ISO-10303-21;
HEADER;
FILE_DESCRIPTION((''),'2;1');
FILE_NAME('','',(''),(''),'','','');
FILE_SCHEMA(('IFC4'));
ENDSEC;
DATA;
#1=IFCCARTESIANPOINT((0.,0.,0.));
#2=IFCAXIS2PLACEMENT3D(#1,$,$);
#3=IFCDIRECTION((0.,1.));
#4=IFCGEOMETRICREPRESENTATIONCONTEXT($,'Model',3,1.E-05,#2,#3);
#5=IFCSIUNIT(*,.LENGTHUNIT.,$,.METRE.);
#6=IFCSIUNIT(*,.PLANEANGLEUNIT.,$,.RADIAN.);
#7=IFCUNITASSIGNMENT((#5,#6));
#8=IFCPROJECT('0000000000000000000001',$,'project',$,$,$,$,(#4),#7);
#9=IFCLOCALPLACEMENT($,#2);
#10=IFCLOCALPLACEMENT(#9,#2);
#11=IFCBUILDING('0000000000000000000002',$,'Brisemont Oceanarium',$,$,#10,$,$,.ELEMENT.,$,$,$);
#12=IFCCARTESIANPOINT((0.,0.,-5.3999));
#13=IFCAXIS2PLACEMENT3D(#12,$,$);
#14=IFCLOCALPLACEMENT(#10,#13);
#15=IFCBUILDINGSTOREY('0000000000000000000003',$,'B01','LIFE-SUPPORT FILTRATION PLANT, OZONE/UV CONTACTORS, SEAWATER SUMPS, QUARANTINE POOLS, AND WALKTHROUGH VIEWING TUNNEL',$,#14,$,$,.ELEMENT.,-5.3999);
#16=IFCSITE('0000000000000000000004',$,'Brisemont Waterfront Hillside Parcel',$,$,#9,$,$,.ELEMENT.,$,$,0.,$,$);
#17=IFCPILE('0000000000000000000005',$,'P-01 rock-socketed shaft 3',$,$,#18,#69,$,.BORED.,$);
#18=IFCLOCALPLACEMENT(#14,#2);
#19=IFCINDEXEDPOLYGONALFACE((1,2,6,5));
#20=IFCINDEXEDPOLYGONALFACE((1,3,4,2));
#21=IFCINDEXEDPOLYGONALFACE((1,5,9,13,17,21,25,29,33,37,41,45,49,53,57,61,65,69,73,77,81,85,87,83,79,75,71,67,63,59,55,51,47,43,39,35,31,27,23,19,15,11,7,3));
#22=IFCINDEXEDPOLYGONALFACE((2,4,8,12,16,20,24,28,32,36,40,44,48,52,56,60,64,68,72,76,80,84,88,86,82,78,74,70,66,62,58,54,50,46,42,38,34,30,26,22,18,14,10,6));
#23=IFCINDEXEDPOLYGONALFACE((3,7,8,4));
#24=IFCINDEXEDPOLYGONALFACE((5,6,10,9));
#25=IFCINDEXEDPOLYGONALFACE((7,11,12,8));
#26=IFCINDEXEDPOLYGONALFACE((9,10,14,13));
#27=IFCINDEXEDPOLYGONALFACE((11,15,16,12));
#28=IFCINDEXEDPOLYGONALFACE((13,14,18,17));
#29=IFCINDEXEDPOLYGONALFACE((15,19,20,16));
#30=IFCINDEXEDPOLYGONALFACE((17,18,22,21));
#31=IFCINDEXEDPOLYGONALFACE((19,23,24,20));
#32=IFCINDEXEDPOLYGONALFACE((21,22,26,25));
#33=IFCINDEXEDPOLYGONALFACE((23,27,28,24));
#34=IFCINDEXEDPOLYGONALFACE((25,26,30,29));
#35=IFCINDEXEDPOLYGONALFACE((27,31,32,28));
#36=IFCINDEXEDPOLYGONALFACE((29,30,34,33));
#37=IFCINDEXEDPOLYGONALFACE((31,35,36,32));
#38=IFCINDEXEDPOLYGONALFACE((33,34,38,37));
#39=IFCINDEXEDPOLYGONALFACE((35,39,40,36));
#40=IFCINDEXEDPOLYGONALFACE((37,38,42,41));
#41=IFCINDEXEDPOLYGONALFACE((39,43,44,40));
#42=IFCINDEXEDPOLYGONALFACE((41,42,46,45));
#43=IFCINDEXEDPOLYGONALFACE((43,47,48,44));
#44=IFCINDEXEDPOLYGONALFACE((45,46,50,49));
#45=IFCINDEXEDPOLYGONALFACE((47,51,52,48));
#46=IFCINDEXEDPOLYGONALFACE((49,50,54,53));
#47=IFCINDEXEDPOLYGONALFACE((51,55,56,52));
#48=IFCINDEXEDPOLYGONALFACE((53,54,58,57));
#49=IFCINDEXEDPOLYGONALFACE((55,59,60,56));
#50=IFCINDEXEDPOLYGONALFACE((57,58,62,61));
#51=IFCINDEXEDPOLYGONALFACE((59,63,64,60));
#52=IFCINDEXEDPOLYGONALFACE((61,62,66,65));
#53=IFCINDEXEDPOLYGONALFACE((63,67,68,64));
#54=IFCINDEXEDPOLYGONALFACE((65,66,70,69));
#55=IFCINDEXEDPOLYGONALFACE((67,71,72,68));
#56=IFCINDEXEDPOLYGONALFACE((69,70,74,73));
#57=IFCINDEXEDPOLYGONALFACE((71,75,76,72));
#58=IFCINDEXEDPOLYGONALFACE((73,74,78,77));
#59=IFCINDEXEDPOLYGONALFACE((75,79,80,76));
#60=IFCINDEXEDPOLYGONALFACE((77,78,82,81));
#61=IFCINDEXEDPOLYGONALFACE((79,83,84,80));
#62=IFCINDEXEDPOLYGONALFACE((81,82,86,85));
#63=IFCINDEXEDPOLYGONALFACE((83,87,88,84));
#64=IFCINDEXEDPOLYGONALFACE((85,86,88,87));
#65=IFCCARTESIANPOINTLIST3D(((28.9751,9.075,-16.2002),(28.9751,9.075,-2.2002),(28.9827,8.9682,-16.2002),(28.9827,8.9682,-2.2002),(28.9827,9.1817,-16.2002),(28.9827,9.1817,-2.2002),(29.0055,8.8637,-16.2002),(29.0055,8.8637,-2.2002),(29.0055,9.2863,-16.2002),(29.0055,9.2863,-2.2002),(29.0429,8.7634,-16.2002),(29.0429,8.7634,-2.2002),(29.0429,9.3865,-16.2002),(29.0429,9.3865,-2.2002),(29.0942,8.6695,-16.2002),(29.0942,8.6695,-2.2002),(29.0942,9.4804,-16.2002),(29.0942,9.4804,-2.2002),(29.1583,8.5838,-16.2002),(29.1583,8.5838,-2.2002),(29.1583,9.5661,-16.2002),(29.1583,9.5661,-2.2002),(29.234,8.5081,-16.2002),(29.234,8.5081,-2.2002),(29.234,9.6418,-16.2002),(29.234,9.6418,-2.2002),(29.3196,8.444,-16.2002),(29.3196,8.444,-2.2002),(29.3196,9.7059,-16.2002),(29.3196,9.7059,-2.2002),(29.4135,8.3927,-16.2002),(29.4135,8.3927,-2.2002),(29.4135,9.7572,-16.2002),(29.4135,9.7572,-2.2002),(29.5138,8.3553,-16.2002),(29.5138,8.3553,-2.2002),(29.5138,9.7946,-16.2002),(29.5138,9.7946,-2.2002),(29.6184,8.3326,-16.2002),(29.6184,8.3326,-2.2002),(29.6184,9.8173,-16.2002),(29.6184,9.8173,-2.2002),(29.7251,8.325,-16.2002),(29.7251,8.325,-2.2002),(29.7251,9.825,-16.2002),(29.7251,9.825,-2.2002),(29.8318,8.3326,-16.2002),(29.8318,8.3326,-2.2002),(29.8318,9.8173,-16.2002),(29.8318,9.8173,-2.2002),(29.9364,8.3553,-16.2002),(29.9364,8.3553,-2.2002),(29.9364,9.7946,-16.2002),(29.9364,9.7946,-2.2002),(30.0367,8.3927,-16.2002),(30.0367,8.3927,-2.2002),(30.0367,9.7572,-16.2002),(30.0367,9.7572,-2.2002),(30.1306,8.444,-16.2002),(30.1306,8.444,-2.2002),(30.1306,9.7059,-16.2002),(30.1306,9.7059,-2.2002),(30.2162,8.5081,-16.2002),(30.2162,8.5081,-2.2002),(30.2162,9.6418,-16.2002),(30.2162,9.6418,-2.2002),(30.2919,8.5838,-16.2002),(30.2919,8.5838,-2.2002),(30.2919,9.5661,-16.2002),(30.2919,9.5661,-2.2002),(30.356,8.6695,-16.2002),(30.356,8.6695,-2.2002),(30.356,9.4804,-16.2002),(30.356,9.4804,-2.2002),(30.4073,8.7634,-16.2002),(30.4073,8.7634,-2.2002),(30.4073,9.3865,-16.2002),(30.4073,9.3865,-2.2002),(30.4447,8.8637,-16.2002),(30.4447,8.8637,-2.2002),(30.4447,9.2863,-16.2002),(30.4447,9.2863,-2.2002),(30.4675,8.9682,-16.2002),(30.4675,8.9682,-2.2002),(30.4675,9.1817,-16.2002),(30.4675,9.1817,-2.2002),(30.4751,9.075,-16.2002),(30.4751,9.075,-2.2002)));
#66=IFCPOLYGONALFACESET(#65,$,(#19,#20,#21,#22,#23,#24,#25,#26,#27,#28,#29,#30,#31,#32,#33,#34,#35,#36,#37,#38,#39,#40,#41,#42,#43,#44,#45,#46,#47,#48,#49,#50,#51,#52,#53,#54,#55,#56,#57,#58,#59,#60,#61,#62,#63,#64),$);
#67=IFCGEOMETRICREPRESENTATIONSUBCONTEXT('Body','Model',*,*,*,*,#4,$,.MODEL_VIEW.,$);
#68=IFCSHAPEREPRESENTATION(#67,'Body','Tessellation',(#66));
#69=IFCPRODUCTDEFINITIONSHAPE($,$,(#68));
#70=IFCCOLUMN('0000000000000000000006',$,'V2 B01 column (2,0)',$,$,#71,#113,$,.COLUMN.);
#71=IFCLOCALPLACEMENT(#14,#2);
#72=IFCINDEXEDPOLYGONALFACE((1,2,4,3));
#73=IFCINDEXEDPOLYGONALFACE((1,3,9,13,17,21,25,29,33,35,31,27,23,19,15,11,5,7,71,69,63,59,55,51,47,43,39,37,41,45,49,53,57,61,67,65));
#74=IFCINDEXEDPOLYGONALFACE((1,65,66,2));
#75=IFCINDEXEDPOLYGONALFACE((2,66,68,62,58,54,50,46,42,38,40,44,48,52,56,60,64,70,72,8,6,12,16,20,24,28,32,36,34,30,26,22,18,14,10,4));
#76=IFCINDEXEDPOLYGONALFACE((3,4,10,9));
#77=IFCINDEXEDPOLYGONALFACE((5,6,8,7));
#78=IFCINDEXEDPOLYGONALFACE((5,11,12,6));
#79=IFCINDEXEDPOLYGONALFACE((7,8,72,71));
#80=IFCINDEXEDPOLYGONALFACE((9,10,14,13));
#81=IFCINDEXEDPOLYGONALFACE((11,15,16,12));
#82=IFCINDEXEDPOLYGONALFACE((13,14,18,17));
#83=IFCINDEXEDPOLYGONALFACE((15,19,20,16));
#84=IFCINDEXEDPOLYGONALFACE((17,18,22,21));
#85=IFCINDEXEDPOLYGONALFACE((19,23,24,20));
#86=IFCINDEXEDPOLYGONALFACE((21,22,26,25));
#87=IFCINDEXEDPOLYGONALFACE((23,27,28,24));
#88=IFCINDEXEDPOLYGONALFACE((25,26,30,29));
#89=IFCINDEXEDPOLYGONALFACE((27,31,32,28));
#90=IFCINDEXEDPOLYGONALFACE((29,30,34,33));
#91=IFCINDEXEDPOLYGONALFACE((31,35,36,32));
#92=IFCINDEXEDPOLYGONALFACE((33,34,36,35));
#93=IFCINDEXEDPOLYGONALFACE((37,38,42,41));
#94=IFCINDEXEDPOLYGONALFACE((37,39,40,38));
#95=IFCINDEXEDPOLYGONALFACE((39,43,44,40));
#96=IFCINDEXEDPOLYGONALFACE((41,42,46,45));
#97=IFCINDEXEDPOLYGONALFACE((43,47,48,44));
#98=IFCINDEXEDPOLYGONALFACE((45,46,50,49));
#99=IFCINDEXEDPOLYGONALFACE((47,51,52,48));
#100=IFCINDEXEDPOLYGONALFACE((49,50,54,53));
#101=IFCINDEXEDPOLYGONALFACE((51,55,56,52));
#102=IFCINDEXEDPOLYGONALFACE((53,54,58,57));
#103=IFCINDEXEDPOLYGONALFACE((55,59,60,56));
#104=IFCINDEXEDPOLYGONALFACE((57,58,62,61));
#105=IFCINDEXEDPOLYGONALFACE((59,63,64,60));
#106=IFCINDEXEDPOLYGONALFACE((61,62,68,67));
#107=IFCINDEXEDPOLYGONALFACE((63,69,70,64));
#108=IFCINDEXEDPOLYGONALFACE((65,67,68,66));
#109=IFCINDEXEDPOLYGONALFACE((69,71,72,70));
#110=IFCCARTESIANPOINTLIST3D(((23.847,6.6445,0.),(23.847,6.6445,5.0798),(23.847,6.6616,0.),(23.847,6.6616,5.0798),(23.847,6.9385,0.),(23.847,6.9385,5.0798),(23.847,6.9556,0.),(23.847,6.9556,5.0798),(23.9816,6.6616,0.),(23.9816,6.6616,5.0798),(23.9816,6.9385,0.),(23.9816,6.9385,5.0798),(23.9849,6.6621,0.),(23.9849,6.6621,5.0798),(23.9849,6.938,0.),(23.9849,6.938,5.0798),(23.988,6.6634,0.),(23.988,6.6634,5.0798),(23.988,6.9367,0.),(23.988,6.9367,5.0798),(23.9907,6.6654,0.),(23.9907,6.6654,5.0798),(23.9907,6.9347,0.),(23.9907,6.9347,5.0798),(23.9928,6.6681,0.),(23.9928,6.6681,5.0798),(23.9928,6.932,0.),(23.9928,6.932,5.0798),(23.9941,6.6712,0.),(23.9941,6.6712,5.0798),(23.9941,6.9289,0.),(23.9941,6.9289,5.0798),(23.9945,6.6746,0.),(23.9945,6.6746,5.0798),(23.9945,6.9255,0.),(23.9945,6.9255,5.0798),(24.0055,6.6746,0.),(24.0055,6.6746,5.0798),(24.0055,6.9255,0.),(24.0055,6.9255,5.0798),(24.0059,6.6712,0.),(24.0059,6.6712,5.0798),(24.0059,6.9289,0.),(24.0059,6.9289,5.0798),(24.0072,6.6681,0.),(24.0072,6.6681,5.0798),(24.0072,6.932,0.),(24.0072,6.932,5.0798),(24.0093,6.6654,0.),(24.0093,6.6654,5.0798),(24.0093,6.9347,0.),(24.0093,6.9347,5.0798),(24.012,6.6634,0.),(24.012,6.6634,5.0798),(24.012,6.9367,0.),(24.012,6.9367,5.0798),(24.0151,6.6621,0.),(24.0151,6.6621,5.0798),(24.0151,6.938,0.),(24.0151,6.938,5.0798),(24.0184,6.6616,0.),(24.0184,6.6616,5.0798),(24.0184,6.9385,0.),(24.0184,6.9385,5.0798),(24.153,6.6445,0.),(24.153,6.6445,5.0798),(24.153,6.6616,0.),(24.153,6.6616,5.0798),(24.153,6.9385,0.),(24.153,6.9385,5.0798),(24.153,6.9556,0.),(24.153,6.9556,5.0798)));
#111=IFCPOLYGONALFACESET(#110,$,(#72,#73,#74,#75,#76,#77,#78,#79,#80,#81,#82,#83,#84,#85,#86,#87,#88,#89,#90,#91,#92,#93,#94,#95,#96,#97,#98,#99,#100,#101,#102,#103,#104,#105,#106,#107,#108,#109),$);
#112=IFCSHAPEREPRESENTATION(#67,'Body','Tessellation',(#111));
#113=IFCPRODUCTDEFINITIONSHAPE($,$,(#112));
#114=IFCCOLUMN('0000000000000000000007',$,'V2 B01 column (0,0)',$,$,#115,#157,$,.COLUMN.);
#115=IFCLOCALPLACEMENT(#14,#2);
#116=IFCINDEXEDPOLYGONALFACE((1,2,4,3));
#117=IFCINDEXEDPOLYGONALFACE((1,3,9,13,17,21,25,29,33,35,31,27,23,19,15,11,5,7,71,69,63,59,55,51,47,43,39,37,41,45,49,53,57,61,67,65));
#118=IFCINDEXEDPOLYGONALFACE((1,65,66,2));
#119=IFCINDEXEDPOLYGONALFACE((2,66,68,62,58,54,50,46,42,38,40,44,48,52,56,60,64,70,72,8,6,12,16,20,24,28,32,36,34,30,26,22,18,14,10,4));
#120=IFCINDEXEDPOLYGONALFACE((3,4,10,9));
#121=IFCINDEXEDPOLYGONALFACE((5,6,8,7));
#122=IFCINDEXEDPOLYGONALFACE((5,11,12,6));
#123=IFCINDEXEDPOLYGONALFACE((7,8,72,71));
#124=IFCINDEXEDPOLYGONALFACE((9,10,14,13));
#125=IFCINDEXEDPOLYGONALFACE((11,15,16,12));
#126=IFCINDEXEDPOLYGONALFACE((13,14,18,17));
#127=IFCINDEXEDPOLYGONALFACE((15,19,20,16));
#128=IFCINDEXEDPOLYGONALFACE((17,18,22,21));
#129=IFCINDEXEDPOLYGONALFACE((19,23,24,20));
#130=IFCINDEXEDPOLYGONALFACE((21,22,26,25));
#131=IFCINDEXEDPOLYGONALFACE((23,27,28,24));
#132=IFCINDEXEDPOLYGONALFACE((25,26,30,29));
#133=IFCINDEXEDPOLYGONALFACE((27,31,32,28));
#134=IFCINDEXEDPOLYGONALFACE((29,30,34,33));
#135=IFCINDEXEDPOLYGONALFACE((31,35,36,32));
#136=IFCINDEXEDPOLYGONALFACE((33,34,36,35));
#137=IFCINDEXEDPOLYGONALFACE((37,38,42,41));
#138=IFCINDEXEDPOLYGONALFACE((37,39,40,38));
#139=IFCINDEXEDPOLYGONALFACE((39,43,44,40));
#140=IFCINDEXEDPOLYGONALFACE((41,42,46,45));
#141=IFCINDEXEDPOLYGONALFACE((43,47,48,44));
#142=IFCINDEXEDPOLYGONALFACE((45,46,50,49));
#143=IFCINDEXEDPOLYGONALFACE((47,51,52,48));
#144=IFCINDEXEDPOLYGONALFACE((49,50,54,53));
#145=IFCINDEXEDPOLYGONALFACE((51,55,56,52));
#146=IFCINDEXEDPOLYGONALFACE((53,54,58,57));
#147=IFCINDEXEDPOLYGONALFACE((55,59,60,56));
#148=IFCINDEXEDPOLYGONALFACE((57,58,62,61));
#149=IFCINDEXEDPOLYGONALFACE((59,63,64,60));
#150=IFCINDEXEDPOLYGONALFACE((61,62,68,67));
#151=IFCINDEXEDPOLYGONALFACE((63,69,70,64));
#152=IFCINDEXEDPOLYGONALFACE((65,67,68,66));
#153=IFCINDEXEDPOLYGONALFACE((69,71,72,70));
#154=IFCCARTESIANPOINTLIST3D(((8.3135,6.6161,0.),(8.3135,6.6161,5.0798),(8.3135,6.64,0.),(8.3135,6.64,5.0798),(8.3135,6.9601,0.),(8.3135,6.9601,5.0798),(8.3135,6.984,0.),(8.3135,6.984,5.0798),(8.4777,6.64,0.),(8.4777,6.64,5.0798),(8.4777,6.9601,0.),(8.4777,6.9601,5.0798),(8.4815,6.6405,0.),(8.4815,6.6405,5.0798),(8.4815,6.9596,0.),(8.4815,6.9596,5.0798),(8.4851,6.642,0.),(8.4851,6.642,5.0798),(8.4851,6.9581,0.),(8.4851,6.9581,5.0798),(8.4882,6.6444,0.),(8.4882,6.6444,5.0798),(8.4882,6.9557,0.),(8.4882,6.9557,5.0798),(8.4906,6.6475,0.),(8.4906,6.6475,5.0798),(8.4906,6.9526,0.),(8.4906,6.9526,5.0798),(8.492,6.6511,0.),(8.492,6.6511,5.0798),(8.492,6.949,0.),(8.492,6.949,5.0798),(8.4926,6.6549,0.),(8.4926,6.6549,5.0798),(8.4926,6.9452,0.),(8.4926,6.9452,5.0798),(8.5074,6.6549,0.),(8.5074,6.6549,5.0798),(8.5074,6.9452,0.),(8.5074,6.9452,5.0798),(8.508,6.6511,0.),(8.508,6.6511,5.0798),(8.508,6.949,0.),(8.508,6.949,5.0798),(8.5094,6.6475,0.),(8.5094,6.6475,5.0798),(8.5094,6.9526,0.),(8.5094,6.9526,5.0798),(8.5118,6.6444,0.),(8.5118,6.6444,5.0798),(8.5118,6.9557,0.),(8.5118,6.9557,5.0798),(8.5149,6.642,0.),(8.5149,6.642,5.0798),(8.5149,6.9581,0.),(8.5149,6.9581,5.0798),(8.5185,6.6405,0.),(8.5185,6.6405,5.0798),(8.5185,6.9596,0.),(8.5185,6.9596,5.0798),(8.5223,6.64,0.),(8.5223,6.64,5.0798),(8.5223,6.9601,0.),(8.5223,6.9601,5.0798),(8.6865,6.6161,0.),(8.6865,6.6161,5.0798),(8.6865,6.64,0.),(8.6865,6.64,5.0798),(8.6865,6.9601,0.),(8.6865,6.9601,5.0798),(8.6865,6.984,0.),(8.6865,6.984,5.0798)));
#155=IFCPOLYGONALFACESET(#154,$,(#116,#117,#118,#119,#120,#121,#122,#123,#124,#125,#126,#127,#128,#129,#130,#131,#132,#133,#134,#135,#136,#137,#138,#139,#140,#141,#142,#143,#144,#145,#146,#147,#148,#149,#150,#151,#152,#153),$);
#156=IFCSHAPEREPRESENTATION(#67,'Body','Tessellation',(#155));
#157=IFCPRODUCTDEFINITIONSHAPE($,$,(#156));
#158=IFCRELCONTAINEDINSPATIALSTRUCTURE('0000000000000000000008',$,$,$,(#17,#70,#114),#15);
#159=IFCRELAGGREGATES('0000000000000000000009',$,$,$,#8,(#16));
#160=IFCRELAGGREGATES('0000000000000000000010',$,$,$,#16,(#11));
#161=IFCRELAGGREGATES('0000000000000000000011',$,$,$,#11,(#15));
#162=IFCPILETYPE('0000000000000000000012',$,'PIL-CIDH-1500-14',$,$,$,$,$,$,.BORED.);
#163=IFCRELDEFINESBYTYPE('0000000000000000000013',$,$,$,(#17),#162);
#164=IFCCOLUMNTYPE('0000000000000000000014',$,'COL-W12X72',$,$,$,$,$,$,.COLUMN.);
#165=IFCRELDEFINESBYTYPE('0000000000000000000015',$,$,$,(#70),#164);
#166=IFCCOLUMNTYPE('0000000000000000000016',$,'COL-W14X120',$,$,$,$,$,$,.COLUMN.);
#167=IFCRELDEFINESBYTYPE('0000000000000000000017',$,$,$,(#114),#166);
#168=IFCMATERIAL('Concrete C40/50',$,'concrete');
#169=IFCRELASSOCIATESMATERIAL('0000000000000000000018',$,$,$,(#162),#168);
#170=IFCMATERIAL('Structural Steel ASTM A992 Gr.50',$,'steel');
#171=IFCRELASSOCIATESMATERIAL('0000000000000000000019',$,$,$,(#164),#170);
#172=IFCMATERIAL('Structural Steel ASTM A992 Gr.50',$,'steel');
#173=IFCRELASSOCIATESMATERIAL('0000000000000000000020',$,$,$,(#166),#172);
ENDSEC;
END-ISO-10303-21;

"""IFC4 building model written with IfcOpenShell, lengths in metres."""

from ifc_helpers import new_model, si_unit, direction, frame, origin, origin_2d, place, context, subcontext, project, spatial, circle, i_section, extrude, material, material_profile, profile_set, type_object, element, save


model = new_model("IFC4")

# Units and contexts
model_context = context("Model", 3, precision=1e-05, world=origin(), true_north=direction((0.0, 1.0)))
body_context = subcontext(model_context, "Body", "Model", "MODEL_VIEW")
ifc_project = project(units=[si_unit("LENGTHUNIT", "METRE"), si_unit("PLANEANGLEUNIT", "RADIAN")], contexts=[model_context])

# Site, building, storey
site_placement = place(None, origin())
site = spatial("IfcSite", under=ifc_project, at=site_placement, Name="Brisemont Waterfront Hillside Parcel", CompositionType="ELEMENT", RefElevation=0.0)
building_placement = place(site_placement, origin())
building = spatial("IfcBuilding", under=site, at=building_placement, Name="Brisemont Oceanarium", CompositionType="ELEMENT")
storey_placement = place(building_placement, frame((0.0, 0.0, -5.3999)))
storey = spatial("IfcBuildingStorey", under=building, at=storey_placement, Name="B01", Description="LIFE-SUPPORT FILTRATION PLANT, OZONE/UV CONTACTORS, SEAWATER SUMPS, QUARANTINE POOLS, AND WALKTHROUGH VIEWING TUNNEL", CompositionType="ELEMENT", Elevation=-5.3999)

# Pile
ifc_material_1 = material(Name="Concrete C40/50", Category="concrete")
ifc_material_profile_1 = material_profile(ifc_material_1, circle(Radius=0.75, at=origin_2d()), Name="CIDH-D1500")
ifc_profile_set_1 = profile_set([ifc_material_profile_1], Name="Concrete C40/50")
pile_type_1 = type_object("IfcPileType", Name="PIL-CIDH-1500-14", PredefinedType="BORED", material=ifc_profile_set_1)
for number, where, z_axis, x_axis, name in (
    (1, (29.7251, 9.075, -2.2002), (0.0, 0.0, -1.0), (1.0, 0.0, 0.0), "P-01 rock-socketed shaft 3"),
):
    element("IfcPile", number, at=place(storey_placement, frame(where, z_axis=z_axis, x_axis=x_axis)), inside=storey, type_object=pile_type_1, Name=name, PredefinedType="BORED", context=body_context, shape_type="SweptSolid", body=[
        extrude(circle(Radius=0.75, at=origin_2d()), origin(), (0.0, 0.0, 1.0), 14.0),
    ])

# Columns
ifc_material_2 = material(Name="Structural Steel ASTM A992 Gr.50", Category="steel")
ifc_material_profile_2 = material_profile(ifc_material_2, i_section(OverallWidth=0.3059, OverallDepth=0.311, WebThickness=0.011, FlangeThickness=0.0171, FilletRadius=0.0129, at=origin_2d()), Name="W12X72")
ifc_profile_set_2 = profile_set([ifc_material_profile_2], Name="Structural Steel ASTM A992 Gr.50")
column_type_1 = type_object("IfcColumnType", Name="COL-W12X72", PredefinedType="COLUMN", material=ifc_profile_set_2)
column_1_placement = place(storey_placement, frame((24.0, 6.8, 0.0), z_axis=(0.0, 0.0, 1.0), x_axis=(1.0, 0.0, 0.0)))
element("IfcColumn", 2, at=column_1_placement, inside=storey, type_object=column_type_1, Name="V2 B01 column (2,0)", PredefinedType="COLUMN", context=body_context, shape_type="SweptSolid", body=[
    extrude(i_section(OverallWidth=0.3059, OverallDepth=0.311, WebThickness=0.011, FlangeThickness=0.0171, FilletRadius=0.0129, at=origin_2d()), origin(), (0.0, 0.0, 1.0), 5.0798),
])
ifc_material_3 = material(Name="Structural Steel ASTM A992 Gr.50", Category="steel")
ifc_material_profile_3 = material_profile(ifc_material_3, i_section(OverallWidth=0.373, OverallDepth=0.3679, WebThickness=0.0149, FlangeThickness=0.0239, FilletRadius=0.0149, at=origin_2d()), Name="W14X120")
ifc_profile_set_3 = profile_set([ifc_material_profile_3], Name="Structural Steel ASTM A992 Gr.50")
column_type_2 = type_object("IfcColumnType", Name="COL-W14X120", PredefinedType="COLUMN", material=ifc_profile_set_3)
column_2_placement = place(storey_placement, frame((8.5, 6.8, 0.0), z_axis=(0.0, 0.0, 1.0), x_axis=(1.0, 0.0, 0.0)))
element("IfcColumn", 3, at=column_2_placement, inside=storey, type_object=column_type_2, Name="V2 B01 column (0,0)", PredefinedType="COLUMN", context=body_context, shape_type="SweptSolid", body=[
    extrude(i_section(OverallWidth=0.373, OverallDepth=0.3679, WebThickness=0.0149, FlangeThickness=0.0239, FilletRadius=0.0149, at=origin_2d()), origin(), (0.0, 0.0, 1.0), 5.0798),
])

save(model, "model.ifc")
